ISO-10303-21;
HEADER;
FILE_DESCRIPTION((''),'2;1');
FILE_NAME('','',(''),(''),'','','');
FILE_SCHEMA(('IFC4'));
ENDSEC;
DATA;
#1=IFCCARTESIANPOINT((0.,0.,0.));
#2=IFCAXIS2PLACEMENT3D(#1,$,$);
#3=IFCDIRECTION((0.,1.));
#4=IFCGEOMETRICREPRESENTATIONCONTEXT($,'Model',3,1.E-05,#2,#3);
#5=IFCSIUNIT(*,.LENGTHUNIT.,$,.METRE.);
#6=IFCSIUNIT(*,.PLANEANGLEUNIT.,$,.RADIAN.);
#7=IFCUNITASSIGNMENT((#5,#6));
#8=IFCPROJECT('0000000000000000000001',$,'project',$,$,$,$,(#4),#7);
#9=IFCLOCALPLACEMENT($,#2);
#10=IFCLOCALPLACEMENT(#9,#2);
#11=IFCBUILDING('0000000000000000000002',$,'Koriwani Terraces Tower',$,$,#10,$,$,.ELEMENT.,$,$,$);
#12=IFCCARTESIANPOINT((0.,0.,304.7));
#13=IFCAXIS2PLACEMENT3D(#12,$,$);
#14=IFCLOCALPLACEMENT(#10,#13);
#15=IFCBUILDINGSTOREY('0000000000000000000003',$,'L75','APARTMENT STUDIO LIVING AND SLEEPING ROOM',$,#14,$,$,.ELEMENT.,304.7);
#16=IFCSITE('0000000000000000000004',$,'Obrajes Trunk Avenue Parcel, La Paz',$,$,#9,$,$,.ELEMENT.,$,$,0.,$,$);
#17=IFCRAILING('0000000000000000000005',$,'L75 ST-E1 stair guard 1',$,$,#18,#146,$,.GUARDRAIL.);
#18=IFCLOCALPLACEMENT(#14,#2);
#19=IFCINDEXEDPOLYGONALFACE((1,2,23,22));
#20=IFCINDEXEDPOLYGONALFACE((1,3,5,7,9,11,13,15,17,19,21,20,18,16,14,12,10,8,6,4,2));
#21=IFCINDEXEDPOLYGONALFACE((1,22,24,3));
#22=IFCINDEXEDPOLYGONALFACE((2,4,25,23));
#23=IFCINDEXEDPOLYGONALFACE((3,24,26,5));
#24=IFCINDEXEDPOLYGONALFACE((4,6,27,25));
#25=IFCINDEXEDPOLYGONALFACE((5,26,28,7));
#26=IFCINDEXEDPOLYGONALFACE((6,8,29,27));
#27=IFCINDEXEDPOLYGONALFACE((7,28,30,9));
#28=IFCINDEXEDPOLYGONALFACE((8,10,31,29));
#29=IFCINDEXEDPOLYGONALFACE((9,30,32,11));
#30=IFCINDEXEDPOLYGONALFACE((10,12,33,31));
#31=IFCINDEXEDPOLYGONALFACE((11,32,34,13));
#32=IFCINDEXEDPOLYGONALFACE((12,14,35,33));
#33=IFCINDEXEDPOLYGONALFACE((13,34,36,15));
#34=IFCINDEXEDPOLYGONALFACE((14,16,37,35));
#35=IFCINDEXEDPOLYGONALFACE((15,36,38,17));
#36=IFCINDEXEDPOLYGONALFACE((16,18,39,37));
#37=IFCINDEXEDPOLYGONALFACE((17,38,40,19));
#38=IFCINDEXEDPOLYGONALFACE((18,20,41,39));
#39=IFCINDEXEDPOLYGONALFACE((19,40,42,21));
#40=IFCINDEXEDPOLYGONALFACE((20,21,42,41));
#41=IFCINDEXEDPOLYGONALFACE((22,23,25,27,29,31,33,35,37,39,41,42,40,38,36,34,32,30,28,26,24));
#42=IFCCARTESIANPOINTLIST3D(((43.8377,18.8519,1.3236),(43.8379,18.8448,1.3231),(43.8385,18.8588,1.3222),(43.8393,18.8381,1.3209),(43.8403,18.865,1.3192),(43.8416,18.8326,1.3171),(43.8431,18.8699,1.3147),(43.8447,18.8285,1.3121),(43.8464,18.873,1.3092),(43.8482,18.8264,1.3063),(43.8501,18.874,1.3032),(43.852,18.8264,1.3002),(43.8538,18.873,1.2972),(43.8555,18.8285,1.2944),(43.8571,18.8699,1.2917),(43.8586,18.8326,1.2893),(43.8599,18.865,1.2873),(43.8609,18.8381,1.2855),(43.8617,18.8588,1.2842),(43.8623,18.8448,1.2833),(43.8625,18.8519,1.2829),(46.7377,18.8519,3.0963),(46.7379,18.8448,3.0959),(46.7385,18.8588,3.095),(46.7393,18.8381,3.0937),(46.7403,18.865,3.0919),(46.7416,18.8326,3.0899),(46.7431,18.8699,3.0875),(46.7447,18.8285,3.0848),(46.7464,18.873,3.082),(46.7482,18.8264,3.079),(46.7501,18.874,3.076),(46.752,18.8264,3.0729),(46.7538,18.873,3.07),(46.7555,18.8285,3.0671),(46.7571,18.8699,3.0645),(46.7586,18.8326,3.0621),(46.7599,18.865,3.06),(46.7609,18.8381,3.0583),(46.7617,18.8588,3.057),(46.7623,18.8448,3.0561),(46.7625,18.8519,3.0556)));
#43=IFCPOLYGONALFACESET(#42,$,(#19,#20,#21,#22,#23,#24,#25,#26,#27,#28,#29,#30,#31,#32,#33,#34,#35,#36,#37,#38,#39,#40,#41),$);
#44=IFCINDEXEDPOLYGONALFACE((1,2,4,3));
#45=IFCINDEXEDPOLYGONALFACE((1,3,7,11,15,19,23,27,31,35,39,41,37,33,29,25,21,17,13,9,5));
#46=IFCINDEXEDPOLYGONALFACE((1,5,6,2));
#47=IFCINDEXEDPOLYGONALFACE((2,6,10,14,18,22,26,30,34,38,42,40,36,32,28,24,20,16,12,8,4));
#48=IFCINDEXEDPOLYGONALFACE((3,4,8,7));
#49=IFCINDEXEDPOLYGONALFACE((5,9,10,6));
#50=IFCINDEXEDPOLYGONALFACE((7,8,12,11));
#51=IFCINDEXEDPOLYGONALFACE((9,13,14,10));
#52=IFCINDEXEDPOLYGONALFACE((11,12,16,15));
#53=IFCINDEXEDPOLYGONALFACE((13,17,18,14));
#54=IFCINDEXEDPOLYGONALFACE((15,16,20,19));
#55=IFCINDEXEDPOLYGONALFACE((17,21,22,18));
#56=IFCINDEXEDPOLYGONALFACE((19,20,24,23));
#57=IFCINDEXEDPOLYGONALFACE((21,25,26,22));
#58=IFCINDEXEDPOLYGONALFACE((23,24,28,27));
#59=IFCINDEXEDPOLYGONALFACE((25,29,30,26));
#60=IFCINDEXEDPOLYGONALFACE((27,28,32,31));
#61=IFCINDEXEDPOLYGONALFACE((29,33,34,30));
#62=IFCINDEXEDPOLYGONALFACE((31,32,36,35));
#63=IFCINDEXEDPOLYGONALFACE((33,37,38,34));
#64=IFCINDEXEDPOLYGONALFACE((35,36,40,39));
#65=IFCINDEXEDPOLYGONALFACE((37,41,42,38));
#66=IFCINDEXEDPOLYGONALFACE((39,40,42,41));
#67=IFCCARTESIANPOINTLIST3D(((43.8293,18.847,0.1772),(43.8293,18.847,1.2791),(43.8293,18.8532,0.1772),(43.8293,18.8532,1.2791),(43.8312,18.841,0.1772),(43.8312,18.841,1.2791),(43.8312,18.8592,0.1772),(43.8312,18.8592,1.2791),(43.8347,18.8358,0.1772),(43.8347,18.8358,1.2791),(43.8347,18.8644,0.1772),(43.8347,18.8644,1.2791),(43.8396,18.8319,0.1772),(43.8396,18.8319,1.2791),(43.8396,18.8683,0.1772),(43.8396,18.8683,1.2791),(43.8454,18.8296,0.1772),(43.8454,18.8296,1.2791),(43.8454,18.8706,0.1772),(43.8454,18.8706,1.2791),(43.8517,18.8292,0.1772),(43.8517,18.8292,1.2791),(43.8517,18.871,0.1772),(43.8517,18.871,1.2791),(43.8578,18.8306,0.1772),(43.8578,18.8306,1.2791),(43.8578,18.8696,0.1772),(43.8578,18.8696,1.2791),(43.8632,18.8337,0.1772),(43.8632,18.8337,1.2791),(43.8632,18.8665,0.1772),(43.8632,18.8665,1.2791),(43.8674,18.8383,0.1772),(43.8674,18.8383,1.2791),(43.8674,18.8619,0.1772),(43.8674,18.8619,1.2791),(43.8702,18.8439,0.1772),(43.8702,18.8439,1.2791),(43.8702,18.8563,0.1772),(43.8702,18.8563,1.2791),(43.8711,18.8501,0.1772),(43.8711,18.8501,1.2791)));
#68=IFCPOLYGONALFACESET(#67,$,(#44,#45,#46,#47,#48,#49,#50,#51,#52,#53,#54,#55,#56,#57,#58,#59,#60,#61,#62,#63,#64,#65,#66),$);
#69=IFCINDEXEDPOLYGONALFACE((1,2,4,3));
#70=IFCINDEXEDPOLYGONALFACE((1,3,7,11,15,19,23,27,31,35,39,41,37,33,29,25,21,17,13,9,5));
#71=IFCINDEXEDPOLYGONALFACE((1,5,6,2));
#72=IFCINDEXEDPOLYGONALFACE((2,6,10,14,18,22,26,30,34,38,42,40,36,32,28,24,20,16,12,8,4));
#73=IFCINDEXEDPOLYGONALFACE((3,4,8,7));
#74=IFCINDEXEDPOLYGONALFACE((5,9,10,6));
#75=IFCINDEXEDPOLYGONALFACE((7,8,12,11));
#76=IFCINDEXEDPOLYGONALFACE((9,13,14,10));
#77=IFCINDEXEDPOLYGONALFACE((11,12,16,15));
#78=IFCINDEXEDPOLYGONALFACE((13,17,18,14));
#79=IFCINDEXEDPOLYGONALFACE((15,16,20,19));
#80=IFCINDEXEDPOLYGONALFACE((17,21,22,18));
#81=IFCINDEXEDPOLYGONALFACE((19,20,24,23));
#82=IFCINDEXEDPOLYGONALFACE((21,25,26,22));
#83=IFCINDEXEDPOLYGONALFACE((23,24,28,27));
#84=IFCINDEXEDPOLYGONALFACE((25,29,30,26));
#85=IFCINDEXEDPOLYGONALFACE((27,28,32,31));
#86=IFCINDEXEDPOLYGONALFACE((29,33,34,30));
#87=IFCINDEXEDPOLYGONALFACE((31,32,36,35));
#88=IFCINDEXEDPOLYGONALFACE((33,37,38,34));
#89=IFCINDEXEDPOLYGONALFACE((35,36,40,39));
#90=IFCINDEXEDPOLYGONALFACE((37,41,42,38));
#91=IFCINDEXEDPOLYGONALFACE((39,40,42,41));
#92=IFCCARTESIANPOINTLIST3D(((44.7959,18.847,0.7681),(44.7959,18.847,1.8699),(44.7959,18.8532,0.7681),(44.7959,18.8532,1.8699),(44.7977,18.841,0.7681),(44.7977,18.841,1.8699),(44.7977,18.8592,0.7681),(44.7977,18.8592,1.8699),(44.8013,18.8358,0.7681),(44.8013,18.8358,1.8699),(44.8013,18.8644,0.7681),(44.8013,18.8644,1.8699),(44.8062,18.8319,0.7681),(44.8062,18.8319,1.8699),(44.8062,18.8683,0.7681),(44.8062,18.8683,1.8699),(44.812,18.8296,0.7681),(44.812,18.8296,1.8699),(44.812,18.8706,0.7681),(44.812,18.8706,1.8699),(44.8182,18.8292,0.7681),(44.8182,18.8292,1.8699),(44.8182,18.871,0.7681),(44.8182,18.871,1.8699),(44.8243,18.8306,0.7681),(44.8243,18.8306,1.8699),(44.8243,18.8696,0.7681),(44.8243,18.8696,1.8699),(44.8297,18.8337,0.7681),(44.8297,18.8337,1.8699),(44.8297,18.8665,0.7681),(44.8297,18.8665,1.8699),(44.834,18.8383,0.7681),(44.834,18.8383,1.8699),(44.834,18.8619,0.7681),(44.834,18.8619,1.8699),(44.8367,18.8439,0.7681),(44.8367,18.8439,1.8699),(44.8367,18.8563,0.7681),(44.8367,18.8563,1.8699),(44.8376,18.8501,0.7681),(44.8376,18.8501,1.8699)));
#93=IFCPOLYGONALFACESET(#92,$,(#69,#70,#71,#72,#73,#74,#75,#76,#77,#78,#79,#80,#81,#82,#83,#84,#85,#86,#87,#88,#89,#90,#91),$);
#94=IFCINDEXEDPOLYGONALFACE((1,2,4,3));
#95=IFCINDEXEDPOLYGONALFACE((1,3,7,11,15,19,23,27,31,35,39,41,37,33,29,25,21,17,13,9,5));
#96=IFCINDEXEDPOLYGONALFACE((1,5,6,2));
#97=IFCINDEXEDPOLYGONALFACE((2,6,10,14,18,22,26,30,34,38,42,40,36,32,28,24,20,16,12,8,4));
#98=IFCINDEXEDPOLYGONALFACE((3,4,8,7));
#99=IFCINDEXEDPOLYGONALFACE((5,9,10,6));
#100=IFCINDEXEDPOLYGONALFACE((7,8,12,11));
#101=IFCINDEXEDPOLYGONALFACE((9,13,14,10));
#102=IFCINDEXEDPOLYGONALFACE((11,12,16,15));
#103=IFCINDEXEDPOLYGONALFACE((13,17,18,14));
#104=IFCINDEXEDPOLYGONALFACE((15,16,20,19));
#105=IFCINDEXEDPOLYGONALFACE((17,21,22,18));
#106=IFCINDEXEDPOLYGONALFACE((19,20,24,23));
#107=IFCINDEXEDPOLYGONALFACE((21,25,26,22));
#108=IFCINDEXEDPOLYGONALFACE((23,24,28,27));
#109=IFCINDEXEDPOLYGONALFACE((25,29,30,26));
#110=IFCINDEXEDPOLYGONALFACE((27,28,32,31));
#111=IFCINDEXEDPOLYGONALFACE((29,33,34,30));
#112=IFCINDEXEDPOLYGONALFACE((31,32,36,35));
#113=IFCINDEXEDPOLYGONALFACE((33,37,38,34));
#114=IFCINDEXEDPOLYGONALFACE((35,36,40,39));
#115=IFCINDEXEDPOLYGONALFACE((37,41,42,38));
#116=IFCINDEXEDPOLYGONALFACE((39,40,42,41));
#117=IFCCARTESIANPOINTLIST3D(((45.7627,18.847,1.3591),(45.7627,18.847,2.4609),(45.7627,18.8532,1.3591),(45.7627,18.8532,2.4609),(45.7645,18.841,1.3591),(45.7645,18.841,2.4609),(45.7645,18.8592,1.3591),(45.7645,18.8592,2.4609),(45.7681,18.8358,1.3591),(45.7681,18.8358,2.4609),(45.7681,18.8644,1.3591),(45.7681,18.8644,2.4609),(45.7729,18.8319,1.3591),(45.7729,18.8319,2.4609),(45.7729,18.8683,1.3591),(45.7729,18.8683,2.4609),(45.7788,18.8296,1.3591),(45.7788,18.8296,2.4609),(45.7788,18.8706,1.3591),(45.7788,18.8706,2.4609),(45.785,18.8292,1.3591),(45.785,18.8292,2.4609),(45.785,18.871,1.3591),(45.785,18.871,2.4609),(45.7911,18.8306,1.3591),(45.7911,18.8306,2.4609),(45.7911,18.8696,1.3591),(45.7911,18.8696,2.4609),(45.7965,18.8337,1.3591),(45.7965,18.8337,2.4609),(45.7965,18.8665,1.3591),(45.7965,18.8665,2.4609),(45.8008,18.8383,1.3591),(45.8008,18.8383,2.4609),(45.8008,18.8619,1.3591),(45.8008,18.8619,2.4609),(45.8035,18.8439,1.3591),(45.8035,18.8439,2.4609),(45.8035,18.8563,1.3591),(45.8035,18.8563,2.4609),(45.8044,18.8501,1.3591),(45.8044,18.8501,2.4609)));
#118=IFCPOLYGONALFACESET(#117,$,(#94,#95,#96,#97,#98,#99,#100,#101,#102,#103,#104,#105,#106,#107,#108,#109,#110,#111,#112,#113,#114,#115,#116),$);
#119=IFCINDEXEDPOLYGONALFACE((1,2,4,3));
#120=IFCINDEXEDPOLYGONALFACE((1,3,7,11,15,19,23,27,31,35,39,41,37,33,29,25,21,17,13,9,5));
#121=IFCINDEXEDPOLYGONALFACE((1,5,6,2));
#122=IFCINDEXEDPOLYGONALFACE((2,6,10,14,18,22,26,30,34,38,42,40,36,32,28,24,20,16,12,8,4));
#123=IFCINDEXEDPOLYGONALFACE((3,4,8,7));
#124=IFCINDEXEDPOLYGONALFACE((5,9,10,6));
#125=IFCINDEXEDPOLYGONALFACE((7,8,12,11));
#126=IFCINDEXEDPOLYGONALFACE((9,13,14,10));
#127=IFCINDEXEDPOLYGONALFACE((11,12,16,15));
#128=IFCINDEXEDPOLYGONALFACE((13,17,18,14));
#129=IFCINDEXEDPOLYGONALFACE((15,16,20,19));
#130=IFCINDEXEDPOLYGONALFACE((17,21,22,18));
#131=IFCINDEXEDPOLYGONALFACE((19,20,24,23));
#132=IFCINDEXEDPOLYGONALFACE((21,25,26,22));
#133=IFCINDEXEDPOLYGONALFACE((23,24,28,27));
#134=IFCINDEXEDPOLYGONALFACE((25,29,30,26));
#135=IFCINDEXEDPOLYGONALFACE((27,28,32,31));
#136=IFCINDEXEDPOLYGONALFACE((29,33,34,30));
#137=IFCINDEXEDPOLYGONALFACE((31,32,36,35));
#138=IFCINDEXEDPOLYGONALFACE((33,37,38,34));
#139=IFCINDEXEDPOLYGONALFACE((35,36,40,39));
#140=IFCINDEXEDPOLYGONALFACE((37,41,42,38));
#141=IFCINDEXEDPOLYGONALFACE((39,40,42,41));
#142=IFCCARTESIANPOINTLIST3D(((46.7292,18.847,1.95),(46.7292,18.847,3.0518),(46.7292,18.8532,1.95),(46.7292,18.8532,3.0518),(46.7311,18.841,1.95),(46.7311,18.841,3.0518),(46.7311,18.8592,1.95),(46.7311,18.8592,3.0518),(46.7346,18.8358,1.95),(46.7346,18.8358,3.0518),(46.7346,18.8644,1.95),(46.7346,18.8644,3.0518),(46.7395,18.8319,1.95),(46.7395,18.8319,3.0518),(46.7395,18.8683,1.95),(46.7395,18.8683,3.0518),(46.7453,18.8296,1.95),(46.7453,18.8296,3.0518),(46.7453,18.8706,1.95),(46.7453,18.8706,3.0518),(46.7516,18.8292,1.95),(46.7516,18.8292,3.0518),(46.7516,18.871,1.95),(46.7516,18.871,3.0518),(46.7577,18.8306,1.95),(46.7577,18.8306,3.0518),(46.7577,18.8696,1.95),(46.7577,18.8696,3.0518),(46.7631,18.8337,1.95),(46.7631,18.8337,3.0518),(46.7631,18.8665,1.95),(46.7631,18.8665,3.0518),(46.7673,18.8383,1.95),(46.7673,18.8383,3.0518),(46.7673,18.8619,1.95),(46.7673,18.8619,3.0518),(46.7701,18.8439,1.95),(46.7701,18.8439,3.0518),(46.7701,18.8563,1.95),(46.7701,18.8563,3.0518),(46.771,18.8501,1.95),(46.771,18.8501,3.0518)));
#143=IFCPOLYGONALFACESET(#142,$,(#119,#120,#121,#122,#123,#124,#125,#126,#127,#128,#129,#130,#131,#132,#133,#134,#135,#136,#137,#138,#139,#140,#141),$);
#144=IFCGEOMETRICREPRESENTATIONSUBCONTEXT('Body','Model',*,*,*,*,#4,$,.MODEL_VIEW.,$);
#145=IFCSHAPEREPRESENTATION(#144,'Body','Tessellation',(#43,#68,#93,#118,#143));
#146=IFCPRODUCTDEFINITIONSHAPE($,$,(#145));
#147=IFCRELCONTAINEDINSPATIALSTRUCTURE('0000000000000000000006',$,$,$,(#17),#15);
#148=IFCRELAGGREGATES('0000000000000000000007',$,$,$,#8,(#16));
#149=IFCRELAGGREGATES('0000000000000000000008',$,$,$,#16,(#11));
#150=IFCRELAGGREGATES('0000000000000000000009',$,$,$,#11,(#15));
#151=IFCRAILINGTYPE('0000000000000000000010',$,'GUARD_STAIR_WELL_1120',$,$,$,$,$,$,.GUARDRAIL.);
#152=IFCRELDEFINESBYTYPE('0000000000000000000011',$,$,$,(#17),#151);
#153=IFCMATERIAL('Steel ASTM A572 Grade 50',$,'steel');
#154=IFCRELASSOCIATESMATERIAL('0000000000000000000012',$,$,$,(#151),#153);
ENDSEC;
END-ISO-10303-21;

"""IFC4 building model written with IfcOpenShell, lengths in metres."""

from ifc_helpers import new_model, si_unit, direction, frame, origin, origin_2d, place, context, subcontext, project, spatial, circle, extrude, material, type_object, element, save


model = new_model("IFC4")

# Units and contexts
model_context = context("Model", 3, precision=1e-05, world=origin(), true_north=direction((0.0, 1.0)))
body_context = subcontext(model_context, "Body", "Model", "MODEL_VIEW")
ifc_project = project(units=[si_unit("LENGTHUNIT", "METRE"), si_unit("PLANEANGLEUNIT", "RADIAN")], contexts=[model_context])

# Site, building, storey
site_placement = place(None, origin())
site = spatial("IfcSite", under=ifc_project, at=site_placement, Name="Obrajes Trunk Avenue Parcel, La Paz", CompositionType="ELEMENT", RefElevation=0.0)
building_placement = place(site_placement, origin())
building = spatial("IfcBuilding", under=site, at=building_placement, Name="Koriwani Terraces Tower", CompositionType="ELEMENT")
storey_placement = place(building_placement, frame((0.0, 0.0, 304.7)))
storey = spatial("IfcBuildingStorey", under=building, at=storey_placement, Name="L75", Description="APARTMENT STUDIO LIVING AND SLEEPING ROOM", CompositionType="ELEMENT", Elevation=304.7)

# Shared definitions
ifc_material_1 = material(Name="Steel ASTM A572 Grade 50", Category="steel")

# Railing
railing_type_1 = type_object("IfcRailingType", Name="GUARD_STAIR_WELL_1120", PredefinedType="GUARDRAIL", material=ifc_material_1)
railing_1_placement = place(storey_placement, frame((43.8501, 18.8501, 0.1772)))
element("IfcRailing", 1, at=railing_1_placement, inside=storey, type_object=railing_type_1, Name="L75 ST-E1 stair guard 1", PredefinedType="GUARDRAIL", context=body_context, shape_type="SweptSolid", body=[
    extrude(circle(Radius=0.0239, at=origin_2d()), frame((0.0, 0.0, 1.126), z_axis=(0.853211, 0.0, 0.521566), x_axis=(0.0, 1.0, 0.0)), (0.0, 0.0, 1.0), 3.3989),
    extrude(circle(Radius=0.021, at=origin_2d()), origin(), (0.0, 0.0, 1.0), 1.1018),
    extrude(circle(Radius=0.021, at=origin_2d()), frame((0.9666, 0.0, 0.5908)), (0.0, 0.0, 1.0), 1.1018),
    extrude(circle(Radius=0.021, at=origin_2d()), frame((1.9333, 0.0, 1.1819)), (0.0, 0.0, 1.0), 1.1018),
    extrude(circle(Radius=0.021, at=origin_2d()), frame((2.8999, 0.0, 1.7727)), (0.0, 0.0, 1.0), 1.1018),
])

save(model, "model.ifc")
